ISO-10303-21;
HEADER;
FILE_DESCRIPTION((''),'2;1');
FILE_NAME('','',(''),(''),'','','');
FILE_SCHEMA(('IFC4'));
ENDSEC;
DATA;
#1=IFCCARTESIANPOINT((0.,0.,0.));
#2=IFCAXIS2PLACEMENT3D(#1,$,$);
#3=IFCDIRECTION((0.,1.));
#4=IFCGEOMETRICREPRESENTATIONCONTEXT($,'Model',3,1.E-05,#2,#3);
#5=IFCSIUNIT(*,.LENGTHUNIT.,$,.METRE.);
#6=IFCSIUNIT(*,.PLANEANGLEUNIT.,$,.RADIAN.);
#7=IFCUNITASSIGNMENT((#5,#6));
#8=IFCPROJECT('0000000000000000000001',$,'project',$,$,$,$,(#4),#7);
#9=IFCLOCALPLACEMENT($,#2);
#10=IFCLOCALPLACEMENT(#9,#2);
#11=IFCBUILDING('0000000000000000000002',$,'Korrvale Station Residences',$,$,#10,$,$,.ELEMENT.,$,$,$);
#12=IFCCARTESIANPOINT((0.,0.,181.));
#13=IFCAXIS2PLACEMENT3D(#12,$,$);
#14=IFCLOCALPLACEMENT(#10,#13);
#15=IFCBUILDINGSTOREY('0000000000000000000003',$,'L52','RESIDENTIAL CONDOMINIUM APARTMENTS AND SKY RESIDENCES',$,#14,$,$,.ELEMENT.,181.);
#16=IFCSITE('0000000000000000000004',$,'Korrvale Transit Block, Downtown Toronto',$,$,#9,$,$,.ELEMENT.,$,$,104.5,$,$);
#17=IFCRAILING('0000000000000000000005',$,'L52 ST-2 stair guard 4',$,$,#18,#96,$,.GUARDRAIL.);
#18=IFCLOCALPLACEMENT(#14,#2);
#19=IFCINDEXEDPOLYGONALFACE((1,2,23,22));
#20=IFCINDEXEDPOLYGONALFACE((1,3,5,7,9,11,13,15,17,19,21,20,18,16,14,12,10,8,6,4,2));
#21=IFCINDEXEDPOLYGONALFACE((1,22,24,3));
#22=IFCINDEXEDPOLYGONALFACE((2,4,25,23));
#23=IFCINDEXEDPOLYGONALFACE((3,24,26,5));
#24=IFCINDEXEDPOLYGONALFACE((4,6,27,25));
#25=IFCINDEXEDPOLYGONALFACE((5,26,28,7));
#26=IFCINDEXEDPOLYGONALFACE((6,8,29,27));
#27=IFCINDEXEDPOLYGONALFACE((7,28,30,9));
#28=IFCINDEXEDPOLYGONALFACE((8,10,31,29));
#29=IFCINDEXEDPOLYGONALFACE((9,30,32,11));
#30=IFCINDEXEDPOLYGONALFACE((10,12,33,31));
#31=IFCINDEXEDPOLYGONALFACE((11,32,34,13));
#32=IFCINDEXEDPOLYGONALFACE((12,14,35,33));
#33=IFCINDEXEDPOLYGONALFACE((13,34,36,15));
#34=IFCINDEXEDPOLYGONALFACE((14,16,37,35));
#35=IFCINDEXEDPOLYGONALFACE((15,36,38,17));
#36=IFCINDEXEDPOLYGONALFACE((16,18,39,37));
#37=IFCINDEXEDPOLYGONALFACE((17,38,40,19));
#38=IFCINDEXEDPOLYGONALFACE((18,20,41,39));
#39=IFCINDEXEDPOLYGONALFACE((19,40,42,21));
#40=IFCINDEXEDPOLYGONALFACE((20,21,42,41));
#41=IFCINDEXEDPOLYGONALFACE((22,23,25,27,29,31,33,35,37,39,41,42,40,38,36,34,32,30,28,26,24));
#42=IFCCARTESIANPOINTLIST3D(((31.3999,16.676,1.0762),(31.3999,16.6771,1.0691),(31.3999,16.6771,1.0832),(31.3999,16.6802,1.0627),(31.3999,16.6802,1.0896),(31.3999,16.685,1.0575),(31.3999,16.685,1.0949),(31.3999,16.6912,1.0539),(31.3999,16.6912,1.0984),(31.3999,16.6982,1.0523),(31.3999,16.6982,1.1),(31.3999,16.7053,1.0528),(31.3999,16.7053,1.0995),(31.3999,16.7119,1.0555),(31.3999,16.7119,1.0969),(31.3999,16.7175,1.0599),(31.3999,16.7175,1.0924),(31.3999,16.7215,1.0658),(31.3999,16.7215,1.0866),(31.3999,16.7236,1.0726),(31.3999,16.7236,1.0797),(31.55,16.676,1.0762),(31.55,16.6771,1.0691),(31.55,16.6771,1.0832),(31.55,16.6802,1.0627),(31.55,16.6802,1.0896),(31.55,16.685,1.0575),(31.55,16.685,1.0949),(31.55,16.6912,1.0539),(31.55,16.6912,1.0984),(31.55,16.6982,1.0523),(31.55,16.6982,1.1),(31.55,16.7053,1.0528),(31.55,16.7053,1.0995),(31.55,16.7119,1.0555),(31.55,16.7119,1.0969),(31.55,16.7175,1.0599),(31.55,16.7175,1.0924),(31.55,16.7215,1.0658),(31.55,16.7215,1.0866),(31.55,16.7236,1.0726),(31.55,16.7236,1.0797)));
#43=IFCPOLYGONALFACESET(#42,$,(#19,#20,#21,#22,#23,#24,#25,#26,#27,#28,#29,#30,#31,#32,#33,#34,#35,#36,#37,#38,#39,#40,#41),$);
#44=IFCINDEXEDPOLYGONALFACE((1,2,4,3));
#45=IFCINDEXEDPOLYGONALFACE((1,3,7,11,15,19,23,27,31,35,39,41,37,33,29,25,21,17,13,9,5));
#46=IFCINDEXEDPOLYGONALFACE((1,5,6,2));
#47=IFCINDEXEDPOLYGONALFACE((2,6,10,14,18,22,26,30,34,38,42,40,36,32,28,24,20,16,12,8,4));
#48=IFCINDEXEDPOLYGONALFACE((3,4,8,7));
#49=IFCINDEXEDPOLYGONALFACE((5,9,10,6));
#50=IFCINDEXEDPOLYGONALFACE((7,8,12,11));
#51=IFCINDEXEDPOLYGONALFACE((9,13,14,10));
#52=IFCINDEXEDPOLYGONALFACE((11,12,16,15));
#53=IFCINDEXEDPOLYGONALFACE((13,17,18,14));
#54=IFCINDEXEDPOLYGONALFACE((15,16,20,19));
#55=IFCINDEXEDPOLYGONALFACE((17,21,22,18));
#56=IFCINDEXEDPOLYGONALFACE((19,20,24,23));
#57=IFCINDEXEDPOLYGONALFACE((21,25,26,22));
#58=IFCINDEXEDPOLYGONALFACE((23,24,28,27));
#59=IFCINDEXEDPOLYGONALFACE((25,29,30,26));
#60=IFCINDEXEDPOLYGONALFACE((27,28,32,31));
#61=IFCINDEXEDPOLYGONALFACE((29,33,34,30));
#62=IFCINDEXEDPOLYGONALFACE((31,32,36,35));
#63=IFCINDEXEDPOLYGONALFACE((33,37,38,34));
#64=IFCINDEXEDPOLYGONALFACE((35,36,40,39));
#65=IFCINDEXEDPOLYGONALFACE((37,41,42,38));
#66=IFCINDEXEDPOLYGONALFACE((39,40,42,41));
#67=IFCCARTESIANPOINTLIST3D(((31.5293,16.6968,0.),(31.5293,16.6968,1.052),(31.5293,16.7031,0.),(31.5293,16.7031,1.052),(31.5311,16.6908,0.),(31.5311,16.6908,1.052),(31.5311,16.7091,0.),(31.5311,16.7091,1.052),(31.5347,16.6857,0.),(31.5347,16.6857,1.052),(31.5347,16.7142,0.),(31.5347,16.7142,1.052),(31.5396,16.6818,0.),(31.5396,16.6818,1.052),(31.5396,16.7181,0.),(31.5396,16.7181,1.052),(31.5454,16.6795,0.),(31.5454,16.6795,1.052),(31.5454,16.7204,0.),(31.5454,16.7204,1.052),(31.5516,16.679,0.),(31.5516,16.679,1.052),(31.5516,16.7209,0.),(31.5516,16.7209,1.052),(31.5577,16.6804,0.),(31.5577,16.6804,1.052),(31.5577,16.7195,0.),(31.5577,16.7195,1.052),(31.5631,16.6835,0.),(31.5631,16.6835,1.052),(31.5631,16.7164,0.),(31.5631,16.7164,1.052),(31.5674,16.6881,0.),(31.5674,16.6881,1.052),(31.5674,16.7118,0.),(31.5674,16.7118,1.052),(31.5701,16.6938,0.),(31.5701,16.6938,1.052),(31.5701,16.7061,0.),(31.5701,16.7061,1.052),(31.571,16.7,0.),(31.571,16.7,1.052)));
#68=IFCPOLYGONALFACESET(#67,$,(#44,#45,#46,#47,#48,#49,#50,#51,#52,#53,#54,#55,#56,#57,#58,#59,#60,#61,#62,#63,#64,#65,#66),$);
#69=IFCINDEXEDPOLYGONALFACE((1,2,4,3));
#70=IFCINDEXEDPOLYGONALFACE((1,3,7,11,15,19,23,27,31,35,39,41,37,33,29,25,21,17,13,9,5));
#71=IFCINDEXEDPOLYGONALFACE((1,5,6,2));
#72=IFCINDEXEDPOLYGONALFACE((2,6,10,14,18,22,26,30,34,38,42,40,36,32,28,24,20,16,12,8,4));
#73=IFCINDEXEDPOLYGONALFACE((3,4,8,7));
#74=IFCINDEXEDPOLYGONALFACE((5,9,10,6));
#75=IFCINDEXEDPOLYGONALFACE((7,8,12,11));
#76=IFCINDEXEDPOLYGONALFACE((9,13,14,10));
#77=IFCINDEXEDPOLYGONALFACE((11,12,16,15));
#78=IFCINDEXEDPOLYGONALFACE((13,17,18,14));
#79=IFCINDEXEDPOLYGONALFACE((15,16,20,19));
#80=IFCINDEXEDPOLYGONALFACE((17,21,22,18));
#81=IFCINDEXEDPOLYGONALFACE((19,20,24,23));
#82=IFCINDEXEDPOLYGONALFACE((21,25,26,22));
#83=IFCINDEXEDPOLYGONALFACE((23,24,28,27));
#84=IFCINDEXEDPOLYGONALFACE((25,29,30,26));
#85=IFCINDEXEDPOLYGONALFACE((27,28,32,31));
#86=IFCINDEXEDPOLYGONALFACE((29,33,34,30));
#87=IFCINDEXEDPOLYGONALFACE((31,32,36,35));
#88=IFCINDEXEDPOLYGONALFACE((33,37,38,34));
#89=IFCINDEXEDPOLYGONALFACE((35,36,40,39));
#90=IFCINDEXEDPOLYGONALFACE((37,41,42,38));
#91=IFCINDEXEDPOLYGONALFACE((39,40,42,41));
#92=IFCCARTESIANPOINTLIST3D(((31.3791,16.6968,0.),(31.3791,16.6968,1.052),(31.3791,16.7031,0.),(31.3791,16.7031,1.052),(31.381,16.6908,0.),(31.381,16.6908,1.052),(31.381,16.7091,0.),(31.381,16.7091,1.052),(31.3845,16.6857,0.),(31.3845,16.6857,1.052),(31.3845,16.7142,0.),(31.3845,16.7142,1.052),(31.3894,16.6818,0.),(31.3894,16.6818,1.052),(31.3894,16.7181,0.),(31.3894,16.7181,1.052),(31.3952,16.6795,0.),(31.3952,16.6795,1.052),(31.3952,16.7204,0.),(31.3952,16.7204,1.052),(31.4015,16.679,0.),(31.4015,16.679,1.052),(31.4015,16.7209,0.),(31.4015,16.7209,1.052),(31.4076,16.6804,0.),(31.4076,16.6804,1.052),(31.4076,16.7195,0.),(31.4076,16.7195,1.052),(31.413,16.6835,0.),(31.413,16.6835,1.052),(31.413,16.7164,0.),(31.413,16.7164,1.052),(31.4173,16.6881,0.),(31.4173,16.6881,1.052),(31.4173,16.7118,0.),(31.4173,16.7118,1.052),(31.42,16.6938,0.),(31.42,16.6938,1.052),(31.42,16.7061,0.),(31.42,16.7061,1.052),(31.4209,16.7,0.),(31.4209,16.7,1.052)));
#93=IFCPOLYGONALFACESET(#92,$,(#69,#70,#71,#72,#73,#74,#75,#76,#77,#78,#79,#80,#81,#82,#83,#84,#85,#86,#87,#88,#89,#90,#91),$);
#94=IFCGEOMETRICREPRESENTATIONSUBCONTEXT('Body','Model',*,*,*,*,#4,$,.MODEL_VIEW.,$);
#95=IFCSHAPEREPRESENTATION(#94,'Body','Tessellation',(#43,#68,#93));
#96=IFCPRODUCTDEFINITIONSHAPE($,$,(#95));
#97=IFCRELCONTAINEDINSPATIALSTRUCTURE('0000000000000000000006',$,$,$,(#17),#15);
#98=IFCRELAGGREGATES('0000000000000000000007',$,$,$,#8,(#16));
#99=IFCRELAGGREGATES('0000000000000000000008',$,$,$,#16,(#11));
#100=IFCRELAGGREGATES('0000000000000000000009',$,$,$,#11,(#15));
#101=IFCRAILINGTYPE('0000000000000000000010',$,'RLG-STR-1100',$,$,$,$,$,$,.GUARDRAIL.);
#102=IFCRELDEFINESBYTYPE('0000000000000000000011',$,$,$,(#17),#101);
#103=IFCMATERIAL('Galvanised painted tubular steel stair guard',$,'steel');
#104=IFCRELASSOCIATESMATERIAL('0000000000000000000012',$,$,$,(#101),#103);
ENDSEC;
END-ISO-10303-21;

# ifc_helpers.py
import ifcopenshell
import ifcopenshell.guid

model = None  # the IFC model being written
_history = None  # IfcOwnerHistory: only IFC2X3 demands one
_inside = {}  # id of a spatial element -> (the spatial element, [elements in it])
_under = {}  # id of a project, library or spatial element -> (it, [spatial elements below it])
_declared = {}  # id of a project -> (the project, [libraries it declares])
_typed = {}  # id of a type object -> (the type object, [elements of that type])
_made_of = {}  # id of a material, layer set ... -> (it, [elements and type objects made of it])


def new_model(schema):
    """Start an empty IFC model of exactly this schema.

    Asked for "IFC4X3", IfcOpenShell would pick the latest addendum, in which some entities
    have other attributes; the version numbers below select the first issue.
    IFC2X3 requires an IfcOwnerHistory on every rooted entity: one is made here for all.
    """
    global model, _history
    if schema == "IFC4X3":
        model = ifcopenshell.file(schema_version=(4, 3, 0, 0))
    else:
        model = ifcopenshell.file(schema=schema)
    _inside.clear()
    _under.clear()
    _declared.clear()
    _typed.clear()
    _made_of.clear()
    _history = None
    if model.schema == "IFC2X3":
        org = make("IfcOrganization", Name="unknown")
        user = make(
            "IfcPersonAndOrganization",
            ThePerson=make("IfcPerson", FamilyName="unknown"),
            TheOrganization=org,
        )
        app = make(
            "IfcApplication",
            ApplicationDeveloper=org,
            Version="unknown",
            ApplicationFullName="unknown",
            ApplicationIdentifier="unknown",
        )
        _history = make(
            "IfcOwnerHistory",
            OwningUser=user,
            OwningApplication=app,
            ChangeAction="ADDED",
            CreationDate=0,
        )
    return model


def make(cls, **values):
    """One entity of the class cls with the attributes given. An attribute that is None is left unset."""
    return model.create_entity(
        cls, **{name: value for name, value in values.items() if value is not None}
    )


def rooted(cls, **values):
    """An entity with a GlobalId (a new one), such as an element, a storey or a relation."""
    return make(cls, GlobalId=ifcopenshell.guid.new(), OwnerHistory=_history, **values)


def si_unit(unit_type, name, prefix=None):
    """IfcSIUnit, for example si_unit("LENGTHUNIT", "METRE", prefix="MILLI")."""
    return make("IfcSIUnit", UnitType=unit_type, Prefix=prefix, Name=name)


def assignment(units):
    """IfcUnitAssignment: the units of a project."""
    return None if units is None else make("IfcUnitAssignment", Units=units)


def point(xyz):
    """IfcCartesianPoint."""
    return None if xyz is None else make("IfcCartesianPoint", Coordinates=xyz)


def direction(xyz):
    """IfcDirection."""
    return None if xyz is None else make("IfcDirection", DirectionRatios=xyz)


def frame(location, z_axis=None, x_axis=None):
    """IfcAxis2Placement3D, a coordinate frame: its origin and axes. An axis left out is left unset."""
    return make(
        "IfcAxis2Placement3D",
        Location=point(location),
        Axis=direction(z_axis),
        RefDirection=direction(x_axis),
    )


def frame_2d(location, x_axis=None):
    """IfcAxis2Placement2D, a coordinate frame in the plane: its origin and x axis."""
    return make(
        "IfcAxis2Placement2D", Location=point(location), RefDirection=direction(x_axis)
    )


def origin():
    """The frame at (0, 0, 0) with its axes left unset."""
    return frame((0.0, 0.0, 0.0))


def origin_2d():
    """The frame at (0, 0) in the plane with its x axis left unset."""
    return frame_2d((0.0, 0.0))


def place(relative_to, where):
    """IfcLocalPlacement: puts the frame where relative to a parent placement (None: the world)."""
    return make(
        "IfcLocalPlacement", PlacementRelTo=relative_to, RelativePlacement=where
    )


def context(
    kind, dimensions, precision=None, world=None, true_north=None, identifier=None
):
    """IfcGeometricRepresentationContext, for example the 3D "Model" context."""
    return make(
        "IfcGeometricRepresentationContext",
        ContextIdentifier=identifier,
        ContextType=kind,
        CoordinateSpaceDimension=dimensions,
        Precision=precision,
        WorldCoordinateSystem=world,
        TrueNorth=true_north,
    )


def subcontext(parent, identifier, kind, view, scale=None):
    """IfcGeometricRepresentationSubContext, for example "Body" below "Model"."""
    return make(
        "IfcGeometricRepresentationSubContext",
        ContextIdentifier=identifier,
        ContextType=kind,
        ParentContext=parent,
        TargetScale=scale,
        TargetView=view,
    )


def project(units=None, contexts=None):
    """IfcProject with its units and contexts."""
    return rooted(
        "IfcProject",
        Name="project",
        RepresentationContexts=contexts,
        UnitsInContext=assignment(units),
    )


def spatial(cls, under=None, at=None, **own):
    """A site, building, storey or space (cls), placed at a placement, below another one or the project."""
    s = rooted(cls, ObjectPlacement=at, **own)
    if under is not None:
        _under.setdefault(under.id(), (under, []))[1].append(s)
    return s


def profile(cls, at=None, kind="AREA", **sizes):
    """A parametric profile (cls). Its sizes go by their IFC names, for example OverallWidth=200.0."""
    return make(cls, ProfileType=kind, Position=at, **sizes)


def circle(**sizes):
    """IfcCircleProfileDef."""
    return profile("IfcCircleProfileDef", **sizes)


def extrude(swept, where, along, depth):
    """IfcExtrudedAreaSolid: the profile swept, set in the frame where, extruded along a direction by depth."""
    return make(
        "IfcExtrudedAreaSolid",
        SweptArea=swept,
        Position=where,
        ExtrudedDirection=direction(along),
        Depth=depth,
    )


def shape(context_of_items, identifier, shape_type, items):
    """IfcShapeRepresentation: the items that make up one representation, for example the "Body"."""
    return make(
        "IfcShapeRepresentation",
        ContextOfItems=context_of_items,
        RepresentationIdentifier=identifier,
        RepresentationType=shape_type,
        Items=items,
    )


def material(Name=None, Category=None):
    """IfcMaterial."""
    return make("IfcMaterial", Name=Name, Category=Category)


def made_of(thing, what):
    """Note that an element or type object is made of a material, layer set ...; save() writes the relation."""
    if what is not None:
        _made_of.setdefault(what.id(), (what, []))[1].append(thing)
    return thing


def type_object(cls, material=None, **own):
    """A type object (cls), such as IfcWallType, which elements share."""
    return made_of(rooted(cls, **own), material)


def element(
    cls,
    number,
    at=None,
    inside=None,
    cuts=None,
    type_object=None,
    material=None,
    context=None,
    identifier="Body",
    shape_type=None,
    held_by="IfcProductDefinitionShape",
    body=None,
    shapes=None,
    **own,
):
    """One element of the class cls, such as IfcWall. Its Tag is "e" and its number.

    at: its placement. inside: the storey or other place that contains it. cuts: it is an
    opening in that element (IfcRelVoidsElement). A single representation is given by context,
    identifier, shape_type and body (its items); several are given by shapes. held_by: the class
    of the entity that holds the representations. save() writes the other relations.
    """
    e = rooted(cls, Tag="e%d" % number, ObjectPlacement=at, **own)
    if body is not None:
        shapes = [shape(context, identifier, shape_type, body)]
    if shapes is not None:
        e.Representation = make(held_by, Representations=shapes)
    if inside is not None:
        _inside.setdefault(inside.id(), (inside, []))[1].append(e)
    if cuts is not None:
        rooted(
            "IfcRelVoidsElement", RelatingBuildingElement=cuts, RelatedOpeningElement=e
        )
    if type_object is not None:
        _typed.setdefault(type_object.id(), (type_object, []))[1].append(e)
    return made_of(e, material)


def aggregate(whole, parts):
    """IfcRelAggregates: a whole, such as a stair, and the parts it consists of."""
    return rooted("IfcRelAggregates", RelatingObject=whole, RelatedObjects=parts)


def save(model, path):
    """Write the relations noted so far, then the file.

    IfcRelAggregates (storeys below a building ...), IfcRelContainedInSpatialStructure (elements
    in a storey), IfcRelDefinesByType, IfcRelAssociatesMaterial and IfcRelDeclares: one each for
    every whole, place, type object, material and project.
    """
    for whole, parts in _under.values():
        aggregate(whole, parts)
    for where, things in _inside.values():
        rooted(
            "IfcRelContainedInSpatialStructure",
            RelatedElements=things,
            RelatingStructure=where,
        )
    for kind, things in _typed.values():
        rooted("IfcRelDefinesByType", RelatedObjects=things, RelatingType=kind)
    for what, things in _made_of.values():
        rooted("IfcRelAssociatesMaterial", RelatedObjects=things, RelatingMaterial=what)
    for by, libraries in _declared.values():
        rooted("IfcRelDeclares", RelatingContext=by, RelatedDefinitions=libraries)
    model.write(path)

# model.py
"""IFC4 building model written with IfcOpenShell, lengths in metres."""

from ifc_helpers import new_model, si_unit, direction, frame, origin, origin_2d, place, context, subcontext, project, spatial, circle, extrude, material, type_object, element, save


model = new_model("IFC4")

# Units and contexts
model_context = context("Model", 3, precision=1e-05, world=origin(), true_north=direction((0.0, 1.0)))
body_context = subcontext(model_context, "Body", "Model", "MODEL_VIEW")
ifc_project = project(units=[si_unit("LENGTHUNIT", "METRE"), si_unit("PLANEANGLEUNIT", "RADIAN")], contexts=[model_context])

# Site, building, storey
site_placement = place(None, origin())
site = spatial("IfcSite", under=ifc_project, at=site_placement, Name="Korrvale Transit Block, Downtown Toronto", CompositionType="ELEMENT", RefElevation=104.5)
building_placement = place(site_placement, origin())
building = spatial("IfcBuilding", under=site, at=building_placement, Name="Korrvale Station Residences", CompositionType="ELEMENT")
storey_placement = place(building_placement, frame((0.0, 0.0, 181.0)))
storey = spatial("IfcBuildingStorey", under=building, at=storey_placement, Name="L52", Description="RESIDENTIAL CONDOMINIUM APARTMENTS AND SKY RESIDENCES", CompositionType="ELEMENT", Elevation=181.0)

# Railing
ifc_material_1 = material(Name="Galvanised painted tubular steel stair guard", Category="steel")
railing_type_1 = type_object("IfcRailingType", Name="RLG-STR-1100", PredefinedType="GUARDRAIL", material=ifc_material_1)
railing_1_placement = place(storey_placement, frame((31.55, 16.7, 0.0)))
element("IfcRailing", 1, at=railing_1_placement, inside=storey, type_object=railing_type_1, Name="L52 ST-2 stair guard 4", PredefinedType="GUARDRAIL", context=body_context, shape_type="SweptSolid", body=[
    extrude(circle(Radius=0.0239, at=origin_2d()), frame((0.0, 0.0, 1.0762), z_axis=(-1.0, 0.0, 0.0), x_axis=(0.0, -1.0, 0.0)), (0.0, 0.0, 1.0), 0.1501),
    extrude(circle(Radius=0.021, at=origin_2d()), origin(), (0.0, 0.0, 1.0), 1.052),
    extrude(circle(Radius=0.021, at=origin_2d()), frame((-0.1501, 0.0, 0.0)), (0.0, 0.0, 1.0), 1.052),
])

save(model, "model.ifc")
